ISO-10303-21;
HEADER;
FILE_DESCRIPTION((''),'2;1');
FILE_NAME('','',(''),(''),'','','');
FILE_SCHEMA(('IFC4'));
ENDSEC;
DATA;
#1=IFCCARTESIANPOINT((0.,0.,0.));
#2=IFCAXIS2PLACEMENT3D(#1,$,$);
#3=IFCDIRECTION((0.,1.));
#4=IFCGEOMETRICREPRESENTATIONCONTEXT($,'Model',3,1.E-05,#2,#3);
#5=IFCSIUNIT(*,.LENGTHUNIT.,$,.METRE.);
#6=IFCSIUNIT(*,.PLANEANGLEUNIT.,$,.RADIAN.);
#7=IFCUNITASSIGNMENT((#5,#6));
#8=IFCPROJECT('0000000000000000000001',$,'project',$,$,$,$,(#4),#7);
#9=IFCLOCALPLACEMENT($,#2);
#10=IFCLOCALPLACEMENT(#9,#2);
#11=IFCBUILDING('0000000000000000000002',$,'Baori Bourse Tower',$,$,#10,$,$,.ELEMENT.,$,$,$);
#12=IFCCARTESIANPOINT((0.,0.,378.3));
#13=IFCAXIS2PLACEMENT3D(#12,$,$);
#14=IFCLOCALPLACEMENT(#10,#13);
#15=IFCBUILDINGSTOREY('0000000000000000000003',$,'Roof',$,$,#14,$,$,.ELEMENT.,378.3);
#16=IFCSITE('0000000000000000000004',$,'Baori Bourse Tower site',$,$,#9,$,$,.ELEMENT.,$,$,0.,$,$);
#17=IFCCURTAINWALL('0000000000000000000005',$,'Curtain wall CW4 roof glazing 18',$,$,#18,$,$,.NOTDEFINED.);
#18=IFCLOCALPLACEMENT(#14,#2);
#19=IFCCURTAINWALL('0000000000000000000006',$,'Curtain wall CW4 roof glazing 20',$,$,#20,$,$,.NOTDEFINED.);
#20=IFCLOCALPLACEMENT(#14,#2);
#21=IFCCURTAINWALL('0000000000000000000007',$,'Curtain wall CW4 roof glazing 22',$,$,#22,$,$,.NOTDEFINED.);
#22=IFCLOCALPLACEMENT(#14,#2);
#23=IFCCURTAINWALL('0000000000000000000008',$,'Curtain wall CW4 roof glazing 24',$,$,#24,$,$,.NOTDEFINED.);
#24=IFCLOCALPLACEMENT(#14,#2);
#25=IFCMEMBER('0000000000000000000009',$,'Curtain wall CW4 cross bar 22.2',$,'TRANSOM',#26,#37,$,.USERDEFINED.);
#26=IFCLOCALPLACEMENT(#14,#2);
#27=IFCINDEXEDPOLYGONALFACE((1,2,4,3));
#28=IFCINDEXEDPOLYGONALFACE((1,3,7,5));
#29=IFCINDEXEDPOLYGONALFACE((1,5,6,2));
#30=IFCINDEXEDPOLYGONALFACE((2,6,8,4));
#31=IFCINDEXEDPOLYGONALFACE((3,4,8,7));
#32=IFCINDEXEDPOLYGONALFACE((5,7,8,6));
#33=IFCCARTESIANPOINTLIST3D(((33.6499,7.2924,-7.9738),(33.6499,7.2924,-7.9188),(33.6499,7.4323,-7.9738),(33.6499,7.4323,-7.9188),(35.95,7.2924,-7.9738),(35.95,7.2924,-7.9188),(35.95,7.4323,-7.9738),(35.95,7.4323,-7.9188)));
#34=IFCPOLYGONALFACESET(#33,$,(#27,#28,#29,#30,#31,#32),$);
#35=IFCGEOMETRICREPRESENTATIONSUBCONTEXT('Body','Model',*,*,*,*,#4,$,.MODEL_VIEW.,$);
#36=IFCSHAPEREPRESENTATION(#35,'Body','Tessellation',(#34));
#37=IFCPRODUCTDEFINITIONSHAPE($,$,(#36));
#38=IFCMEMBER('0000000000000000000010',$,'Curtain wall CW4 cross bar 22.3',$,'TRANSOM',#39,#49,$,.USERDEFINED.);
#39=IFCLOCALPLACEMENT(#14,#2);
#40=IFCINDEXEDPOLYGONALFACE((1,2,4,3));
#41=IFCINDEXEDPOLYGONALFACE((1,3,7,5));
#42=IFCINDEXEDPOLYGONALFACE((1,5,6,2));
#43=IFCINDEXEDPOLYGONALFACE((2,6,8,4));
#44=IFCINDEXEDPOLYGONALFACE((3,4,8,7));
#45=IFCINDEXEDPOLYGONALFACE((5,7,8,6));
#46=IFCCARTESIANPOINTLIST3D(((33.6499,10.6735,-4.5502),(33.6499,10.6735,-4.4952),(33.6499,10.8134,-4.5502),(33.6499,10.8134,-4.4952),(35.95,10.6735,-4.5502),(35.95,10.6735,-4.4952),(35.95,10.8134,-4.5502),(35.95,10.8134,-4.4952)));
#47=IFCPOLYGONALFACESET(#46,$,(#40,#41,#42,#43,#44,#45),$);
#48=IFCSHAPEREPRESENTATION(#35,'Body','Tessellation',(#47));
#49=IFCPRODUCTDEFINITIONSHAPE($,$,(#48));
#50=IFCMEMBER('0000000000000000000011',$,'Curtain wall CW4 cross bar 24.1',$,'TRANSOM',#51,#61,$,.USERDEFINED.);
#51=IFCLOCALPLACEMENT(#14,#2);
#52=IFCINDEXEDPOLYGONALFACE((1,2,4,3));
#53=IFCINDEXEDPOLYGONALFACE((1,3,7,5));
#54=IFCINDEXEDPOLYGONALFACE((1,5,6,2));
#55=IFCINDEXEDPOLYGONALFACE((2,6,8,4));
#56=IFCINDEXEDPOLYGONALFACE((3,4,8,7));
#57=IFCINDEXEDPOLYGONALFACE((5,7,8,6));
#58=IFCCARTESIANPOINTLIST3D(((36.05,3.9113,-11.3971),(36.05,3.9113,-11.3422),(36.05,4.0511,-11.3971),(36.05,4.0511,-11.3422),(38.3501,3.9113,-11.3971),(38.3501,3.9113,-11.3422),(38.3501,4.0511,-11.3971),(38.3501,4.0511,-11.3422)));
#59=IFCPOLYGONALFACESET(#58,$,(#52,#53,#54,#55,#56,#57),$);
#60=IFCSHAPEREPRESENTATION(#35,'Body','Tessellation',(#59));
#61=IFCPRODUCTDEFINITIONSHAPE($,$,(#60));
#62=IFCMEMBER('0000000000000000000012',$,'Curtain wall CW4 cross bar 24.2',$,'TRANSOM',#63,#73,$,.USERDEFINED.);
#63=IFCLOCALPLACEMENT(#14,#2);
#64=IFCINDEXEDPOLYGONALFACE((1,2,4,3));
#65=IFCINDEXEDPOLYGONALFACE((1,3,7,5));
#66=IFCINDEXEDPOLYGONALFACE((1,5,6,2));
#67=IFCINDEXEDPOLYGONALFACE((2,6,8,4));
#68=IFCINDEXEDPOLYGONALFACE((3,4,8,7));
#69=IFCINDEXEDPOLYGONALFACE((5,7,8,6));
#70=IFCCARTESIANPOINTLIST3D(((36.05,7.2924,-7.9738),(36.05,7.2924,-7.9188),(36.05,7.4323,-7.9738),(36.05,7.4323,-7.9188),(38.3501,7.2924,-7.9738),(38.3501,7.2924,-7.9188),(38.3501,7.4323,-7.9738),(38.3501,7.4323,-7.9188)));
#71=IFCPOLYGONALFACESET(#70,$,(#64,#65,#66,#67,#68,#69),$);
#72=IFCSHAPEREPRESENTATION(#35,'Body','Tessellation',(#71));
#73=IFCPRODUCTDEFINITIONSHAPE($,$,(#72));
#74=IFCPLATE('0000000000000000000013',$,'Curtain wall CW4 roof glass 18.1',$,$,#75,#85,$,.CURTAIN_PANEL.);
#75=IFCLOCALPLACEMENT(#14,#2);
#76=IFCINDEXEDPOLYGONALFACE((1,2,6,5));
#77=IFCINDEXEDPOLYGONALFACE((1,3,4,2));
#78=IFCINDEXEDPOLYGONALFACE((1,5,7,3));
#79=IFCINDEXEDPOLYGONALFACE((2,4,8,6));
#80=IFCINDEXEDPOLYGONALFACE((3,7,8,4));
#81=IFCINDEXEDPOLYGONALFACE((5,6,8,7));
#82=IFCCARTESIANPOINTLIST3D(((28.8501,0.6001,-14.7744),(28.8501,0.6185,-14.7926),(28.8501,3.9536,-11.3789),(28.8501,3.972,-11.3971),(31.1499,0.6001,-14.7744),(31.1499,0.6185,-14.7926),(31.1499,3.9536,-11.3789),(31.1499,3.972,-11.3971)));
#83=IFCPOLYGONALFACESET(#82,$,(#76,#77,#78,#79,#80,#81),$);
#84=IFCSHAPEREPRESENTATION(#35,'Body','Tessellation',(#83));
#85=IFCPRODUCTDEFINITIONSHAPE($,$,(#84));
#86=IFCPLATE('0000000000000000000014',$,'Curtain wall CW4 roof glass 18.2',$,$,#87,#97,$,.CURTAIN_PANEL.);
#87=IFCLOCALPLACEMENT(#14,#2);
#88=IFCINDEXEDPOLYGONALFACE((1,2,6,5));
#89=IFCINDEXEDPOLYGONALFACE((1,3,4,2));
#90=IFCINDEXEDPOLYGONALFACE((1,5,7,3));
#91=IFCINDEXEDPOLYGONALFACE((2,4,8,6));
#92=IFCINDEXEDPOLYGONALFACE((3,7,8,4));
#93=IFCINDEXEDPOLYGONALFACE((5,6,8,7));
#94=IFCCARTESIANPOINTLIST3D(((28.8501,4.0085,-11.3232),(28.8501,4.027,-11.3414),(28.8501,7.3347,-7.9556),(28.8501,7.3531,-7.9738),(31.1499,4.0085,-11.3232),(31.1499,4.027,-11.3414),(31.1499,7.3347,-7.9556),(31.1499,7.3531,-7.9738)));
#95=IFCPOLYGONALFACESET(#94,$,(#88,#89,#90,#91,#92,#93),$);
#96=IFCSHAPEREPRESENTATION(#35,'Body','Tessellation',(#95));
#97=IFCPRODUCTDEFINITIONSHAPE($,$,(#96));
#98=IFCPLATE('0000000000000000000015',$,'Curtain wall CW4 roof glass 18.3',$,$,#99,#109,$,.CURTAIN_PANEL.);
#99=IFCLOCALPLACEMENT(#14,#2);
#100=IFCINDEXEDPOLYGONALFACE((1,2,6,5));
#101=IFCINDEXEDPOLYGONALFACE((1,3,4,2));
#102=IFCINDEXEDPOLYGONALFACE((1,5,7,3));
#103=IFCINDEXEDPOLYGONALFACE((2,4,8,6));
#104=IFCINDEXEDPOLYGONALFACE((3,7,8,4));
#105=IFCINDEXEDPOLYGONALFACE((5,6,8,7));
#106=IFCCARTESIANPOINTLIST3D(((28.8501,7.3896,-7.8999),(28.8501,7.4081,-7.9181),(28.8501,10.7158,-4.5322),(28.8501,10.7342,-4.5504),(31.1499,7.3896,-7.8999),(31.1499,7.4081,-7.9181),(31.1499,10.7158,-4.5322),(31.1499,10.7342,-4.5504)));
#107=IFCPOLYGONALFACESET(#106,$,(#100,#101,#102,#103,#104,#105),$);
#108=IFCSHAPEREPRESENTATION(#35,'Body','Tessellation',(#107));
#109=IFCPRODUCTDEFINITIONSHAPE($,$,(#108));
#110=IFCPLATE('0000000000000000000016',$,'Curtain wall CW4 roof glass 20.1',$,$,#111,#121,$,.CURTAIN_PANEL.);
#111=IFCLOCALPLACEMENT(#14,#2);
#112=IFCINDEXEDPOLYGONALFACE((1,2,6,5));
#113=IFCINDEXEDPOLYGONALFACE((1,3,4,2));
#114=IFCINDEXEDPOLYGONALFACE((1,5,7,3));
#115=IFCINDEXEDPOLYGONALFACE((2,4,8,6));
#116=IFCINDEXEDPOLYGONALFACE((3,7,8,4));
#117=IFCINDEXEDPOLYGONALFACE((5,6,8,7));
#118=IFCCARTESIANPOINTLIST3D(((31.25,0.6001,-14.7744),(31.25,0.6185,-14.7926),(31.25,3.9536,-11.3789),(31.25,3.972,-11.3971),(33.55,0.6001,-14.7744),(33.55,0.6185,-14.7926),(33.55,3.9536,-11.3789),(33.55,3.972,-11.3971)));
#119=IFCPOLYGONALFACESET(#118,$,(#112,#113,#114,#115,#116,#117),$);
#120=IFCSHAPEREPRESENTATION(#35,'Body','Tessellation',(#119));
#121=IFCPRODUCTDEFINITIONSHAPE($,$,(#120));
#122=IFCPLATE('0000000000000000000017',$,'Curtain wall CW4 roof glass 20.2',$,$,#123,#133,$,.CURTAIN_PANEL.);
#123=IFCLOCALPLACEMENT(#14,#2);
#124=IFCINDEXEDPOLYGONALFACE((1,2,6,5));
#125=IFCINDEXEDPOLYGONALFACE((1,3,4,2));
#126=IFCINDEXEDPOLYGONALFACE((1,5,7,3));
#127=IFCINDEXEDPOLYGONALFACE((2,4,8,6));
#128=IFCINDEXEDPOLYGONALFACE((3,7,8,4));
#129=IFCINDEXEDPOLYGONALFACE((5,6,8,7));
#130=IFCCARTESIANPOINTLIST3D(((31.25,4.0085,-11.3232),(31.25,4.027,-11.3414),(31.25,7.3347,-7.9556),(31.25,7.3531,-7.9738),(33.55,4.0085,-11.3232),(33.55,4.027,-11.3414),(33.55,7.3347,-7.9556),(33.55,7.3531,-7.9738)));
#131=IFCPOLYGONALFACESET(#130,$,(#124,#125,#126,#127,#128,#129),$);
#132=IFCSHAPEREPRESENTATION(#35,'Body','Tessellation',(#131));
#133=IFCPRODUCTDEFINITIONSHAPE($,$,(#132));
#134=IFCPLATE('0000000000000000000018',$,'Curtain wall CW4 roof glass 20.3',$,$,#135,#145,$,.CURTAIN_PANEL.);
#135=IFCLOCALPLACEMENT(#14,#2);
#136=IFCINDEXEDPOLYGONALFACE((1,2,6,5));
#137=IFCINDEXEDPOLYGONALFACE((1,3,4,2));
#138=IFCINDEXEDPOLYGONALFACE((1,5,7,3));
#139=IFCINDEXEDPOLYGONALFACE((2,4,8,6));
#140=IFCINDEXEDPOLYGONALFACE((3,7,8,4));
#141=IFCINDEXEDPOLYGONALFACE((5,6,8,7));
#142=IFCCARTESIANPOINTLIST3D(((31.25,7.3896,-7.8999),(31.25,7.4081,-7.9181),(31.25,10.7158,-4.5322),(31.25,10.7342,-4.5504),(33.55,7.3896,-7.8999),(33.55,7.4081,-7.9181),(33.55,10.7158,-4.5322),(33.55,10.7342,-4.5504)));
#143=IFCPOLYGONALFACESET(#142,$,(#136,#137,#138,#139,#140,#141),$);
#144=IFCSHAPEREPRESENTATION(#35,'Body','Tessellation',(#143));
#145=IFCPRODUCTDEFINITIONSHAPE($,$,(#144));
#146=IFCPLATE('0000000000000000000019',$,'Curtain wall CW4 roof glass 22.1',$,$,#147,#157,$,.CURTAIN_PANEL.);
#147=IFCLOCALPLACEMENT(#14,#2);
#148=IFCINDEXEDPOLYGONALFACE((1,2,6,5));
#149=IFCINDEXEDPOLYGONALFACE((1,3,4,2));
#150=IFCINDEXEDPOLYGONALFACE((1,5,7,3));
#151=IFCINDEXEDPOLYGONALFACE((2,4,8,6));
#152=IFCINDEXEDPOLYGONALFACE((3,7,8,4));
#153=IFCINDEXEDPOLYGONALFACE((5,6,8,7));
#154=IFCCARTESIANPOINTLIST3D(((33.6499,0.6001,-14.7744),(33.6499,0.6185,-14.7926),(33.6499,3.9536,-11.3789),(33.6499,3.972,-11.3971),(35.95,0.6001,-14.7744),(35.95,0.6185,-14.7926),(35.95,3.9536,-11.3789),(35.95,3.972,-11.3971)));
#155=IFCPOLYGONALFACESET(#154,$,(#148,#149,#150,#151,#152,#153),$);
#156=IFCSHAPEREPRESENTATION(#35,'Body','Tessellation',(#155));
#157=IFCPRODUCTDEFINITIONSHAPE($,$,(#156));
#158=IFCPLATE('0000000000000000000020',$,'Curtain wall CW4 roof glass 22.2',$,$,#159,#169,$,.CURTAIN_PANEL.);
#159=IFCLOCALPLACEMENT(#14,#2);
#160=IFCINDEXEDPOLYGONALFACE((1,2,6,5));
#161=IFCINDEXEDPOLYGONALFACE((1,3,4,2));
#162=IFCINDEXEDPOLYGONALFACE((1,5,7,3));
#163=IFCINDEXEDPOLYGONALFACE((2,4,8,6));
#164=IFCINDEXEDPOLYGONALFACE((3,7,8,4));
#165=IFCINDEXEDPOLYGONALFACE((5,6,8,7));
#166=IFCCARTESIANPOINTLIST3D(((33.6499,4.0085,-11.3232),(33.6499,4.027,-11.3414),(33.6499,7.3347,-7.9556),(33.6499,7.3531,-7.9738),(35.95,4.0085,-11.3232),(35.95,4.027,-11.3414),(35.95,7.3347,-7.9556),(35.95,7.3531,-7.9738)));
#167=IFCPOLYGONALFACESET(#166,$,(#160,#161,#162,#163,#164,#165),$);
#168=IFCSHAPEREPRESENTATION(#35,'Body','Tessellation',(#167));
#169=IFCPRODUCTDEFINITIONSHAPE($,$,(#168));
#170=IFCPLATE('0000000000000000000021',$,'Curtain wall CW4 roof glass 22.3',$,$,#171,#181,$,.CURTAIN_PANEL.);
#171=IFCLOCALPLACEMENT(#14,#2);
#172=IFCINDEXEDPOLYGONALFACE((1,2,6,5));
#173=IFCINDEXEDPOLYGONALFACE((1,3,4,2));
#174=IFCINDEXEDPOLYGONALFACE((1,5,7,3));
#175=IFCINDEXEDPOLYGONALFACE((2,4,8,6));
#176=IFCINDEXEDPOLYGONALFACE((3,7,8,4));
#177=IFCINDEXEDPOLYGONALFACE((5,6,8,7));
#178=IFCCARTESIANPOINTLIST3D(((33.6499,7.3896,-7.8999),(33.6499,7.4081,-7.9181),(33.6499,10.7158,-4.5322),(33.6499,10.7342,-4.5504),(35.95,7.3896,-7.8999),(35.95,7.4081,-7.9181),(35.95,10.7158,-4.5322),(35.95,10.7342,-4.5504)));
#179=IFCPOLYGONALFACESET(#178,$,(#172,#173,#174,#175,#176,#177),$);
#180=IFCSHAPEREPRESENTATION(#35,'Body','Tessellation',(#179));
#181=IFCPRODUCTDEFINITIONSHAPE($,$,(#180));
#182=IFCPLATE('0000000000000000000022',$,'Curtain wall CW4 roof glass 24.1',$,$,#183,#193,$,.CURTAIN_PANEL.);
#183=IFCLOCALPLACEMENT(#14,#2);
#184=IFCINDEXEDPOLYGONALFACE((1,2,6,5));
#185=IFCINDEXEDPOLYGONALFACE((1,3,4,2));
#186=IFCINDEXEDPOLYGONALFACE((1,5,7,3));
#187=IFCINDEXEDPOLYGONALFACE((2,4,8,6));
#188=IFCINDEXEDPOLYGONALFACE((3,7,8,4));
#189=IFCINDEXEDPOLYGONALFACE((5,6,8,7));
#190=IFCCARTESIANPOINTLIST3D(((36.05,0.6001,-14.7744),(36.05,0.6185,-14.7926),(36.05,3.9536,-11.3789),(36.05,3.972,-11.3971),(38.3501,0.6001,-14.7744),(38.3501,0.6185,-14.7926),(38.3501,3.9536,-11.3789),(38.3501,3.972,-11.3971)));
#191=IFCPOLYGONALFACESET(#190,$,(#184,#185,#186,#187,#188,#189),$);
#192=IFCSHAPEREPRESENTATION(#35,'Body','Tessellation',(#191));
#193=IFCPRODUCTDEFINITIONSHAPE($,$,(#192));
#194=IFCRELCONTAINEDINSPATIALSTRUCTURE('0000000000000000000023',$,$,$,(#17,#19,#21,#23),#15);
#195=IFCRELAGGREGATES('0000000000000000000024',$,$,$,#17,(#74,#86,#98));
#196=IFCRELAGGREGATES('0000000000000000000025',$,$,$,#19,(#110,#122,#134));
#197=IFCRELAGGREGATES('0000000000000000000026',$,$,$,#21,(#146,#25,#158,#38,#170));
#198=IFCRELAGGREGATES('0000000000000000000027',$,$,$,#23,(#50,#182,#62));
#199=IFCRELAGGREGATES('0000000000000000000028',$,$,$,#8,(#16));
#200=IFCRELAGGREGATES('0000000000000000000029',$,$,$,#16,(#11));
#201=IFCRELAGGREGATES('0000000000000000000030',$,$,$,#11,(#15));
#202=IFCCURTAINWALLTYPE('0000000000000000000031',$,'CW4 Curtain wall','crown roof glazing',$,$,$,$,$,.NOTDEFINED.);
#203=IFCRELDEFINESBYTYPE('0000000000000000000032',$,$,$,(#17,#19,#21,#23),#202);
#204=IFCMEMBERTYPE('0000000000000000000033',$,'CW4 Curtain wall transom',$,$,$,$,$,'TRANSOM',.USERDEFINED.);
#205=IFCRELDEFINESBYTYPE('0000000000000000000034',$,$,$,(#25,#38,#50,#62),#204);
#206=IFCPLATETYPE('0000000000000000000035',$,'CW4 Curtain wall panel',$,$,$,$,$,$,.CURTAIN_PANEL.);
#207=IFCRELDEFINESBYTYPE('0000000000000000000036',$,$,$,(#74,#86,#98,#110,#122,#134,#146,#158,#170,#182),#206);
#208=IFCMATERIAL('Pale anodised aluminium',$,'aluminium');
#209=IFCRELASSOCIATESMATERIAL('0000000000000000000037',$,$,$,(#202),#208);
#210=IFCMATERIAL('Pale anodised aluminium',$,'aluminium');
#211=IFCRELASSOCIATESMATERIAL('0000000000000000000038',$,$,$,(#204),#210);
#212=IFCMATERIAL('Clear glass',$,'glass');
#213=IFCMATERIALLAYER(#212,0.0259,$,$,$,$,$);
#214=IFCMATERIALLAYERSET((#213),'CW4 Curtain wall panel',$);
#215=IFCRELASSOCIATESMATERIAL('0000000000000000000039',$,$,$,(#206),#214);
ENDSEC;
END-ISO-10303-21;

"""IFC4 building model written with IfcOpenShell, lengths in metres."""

from ifc_helpers import new_model, si_unit, direction, frame, origin, origin_2d, place, context, subcontext, project, spatial, polyline, rectangle, outline, extrude, material, layer, layer_set, material_profile, profile_set, type_object, element, aggregate, save


model = new_model("IFC4")

# Units and contexts
model_context = context("Model", 3, precision=1e-05, world=origin(), true_north=direction((0.0, 1.0)))
body_context = subcontext(model_context, "Body", "Model", "MODEL_VIEW")
ifc_project = project(units=[si_unit("LENGTHUNIT", "METRE"), si_unit("PLANEANGLEUNIT", "RADIAN")], contexts=[model_context])

# Site, building, storey
site_placement = place(None, origin())
site = spatial("IfcSite", under=ifc_project, at=site_placement, Name="Baori Bourse Tower site", CompositionType="ELEMENT", RefElevation=0.0)
building_placement = place(site_placement, origin())
building = spatial("IfcBuilding", under=site, at=building_placement, Name="Baori Bourse Tower", CompositionType="ELEMENT")
storey_placement = place(building_placement, frame((0.0, 0.0, 378.3)))
storey = spatial("IfcBuildingStorey", under=building, at=storey_placement, Name="Roof", CompositionType="ELEMENT", Elevation=378.3)

# Shared definitions
ifc_material_1 = material(Name="Pale anodised aluminium", Category="aluminium")
curtain_wall_type = type_object("IfcCurtainWallType", Name="CW4 Curtain wall", Description="crown roof glazing", PredefinedType="NOTDEFINED", material=ifc_material_1)

# Curtain walls
curtain_wall_1_placement = place(storey_placement, origin())
curtain_wall_1 = element("IfcCurtainWall", 1, at=curtain_wall_1_placement, inside=storey, type_object=curtain_wall_type, Name="Curtain wall CW4 roof glazing 18", PredefinedType="NOTDEFINED")
curtain_wall_2_placement = place(storey_placement, origin())
curtain_wall_2 = element("IfcCurtainWall", 2, at=curtain_wall_2_placement, inside=storey, type_object=curtain_wall_type, Name="Curtain wall CW4 roof glazing 20", PredefinedType="NOTDEFINED")
curtain_wall_3_placement = place(storey_placement, origin())
curtain_wall_3 = element("IfcCurtainWall", 3, at=curtain_wall_3_placement, inside=storey, type_object=curtain_wall_type, Name="Curtain wall CW4 roof glazing 22", PredefinedType="NOTDEFINED")

# Curtain wall
curtain_wall_4_placement = place(storey_placement, origin())
curtain_wall_4 = element("IfcCurtainWall", 4, at=curtain_wall_4_placement, inside=storey, type_object=curtain_wall_type, Name="Curtain wall CW4 roof glazing 24", PredefinedType="NOTDEFINED")

# Members
ifc_material_2 = material(Name="Pale anodised aluminium", Category="aluminium")
ifc_material_profile_1 = material_profile(ifc_material_2, rectangle(XDim=0.1399, YDim=0.0549, at=origin_2d()), Name="Transom 55x140")
ifc_profile_set_1 = profile_set([ifc_material_profile_1], Name="Pale anodised aluminium")
member_type_1 = type_object("IfcMemberType", Name="CW4 Curtain wall transom", ElementType="TRANSOM", PredefinedType="USERDEFINED", material=ifc_profile_set_1)
member_1_placement = place(storey_placement, frame((33.6499, 7.3623, -7.9463), z_axis=(1.0, 0.0, 0.0), x_axis=(0.0, 1.0, 0.0)))
member_1 = element("IfcMember", 5, at=member_1_placement, type_object=member_type_1, Name="Curtain wall CW4 cross bar 22.2", ObjectType="TRANSOM", PredefinedType="USERDEFINED", context=body_context, shape_type="SweptSolid", body=[
    extrude(rectangle(XDim=0.1399, YDim=0.0549, at=origin_2d()), origin(), (0.0, 0.0, 1.0), 2.3),
])
member_2_placement = place(storey_placement, frame((33.6499, 10.7434, -4.5227), z_axis=(1.0, 0.0, 0.0), x_axis=(0.0, 1.0, 0.0)))
member_2 = element("IfcMember", 6, at=member_2_placement, type_object=member_type_1, Name="Curtain wall CW4 cross bar 22.3", ObjectType="TRANSOM", PredefinedType="USERDEFINED", context=body_context, shape_type="SweptSolid", body=[
    extrude(rectangle(XDim=0.1399, YDim=0.0549, at=origin_2d()), origin(), (0.0, 0.0, 1.0), 2.3),
])
member_3_placement = place(storey_placement, frame((36.05, 3.9812, -11.3696), z_axis=(1.0, 0.0, 0.0), x_axis=(0.0, 1.0, 0.0)))
member_3 = element("IfcMember", 7, at=member_3_placement, type_object=member_type_1, Name="Curtain wall CW4 cross bar 24.1", ObjectType="TRANSOM", PredefinedType="USERDEFINED", context=body_context, shape_type="SweptSolid", body=[
    extrude(rectangle(XDim=0.1399, YDim=0.0549, at=origin_2d()), origin(), (0.0, 0.0, 1.0), 2.3),
])
member_4_placement = place(storey_placement, frame((36.05, 7.3623, -7.9463), z_axis=(1.0, 0.0, 0.0), x_axis=(0.0, 1.0, 0.0)))
member_4 = element("IfcMember", 8, at=member_4_placement, type_object=member_type_1, Name="Curtain wall CW4 cross bar 24.2", ObjectType="TRANSOM", PredefinedType="USERDEFINED", context=body_context, shape_type="SweptSolid", body=[
    extrude(rectangle(XDim=0.1399, YDim=0.0549, at=origin_2d()), origin(), (0.0, 0.0, 1.0), 2.3),
])

# Plates
ifc_material_3 = material(Name="Clear glass", Category="glass")
ifc_layer = layer(ifc_material_3, 0.0259)
ifc_layer_set = layer_set([ifc_layer], Name="CW4 Curtain wall panel")
plate_type = type_object("IfcPlateType", Name="CW4 Curtain wall panel", PredefinedType="CURTAIN_PANEL", material=ifc_layer_set)
plate_1_placement = place(storey_placement, frame((28.8501, 0.6001, -14.7744), z_axis=(0.0, -0.711493, 0.702694), x_axis=(1.0, 0.0, 0.0)))
plate_1 = element("IfcPlate", 9, at=plate_1_placement, type_object=plate_type, Name="Curtain wall CW4 roof glass 18.1", PredefinedType="CURTAIN_PANEL", context=body_context, shape_type="SweptSolid", body=[
    extrude(outline(polyline([(0.0, 0.0), (2.2998, 0.0), (2.2998, 4.7724), (0.0, 4.7724), (0.0, 0.0)])), origin(), (0.0, 0.0, -1.0), 0.0259),
])
plate_2_placement = place(storey_placement, frame((28.8501, 4.0085, -11.3232), z_axis=(0.0, -0.711477, 0.702709), x_axis=(1.0, 0.0, 0.0)))
plate_2 = element("IfcPlate", 10, at=plate_2_placement, type_object=plate_type, Name="Curtain wall CW4 roof glass 18.2", PredefinedType="CURTAIN_PANEL", context=body_context, shape_type="SweptSolid", body=[
    extrude(outline(polyline([(0.0, 0.0), (2.2998, 0.0), (2.2998, 4.7334), (0.0, 4.7334), (0.0, 0.0)])), origin(), (0.0, 0.0, -1.0), 0.0259),
])
plate_3_placement = place(storey_placement, frame((28.8501, 7.3896, -7.8999), z_axis=(0.0, -0.711477, 0.702709), x_axis=(1.0, 0.0, 0.0)))
plate_3 = element("IfcPlate", 11, at=plate_3_placement, type_object=plate_type, Name="Curtain wall CW4 roof glass 18.3", PredefinedType="CURTAIN_PANEL", context=body_context, shape_type="SweptSolid", body=[
    extrude(outline(polyline([(0.0, 0.0), (2.2998, 0.0), (2.2998, 4.7334), (0.0, 4.7334), (0.0, 0.0)])), origin(), (0.0, 0.0, -1.0), 0.0259),
])
aggregate(curtain_wall_1, [plate_1, plate_2, plate_3])
plate_4_placement = place(storey_placement, frame((31.25, 0.6001, -14.7744), z_axis=(0.0, -0.711493, 0.702694), x_axis=(1.0, 0.0, 0.0)))
plate_4 = element("IfcPlate", 12, at=plate_4_placement, type_object=plate_type, Name="Curtain wall CW4 roof glass 20.1", PredefinedType="CURTAIN_PANEL", context=body_context, shape_type="SweptSolid", body=[
    extrude(outline(polyline([(0.0, 0.0), (2.3, 0.0), (2.3, 4.7724), (0.0, 4.7724), (0.0, 0.0)])), origin(), (0.0, 0.0, -1.0), 0.0259),
])
plate_5_placement = place(storey_placement, frame((31.25, 4.0085, -11.3232), z_axis=(0.0, -0.711477, 0.702709), x_axis=(1.0, 0.0, 0.0)))
plate_5 = element("IfcPlate", 13, at=plate_5_placement, type_object=plate_type, Name="Curtain wall CW4 roof glass 20.2", PredefinedType="CURTAIN_PANEL", context=body_context, shape_type="SweptSolid", body=[
    extrude(outline(polyline([(0.0, 0.0), (2.3, 0.0), (2.3, 4.7334), (0.0, 4.7334), (0.0, 0.0)])), origin(), (0.0, 0.0, -1.0), 0.0259),
])
plate_6_placement = place(storey_placement, frame((31.25, 7.3896, -7.8999), z_axis=(0.0, -0.711477, 0.702709), x_axis=(1.0, 0.0, 0.0)))
plate_6 = element("IfcPlate", 14, at=plate_6_placement, type_object=plate_type, Name="Curtain wall CW4 roof glass 20.3", PredefinedType="CURTAIN_PANEL", context=body_context, shape_type="SweptSolid", body=[
    extrude(outline(polyline([(0.0, 0.0), (2.3, 0.0), (2.3, 4.7334), (0.0, 4.7334), (0.0, 0.0)])), origin(), (0.0, 0.0, -1.0), 0.0259),
])
aggregate(curtain_wall_2, [plate_4, plate_5, plate_6])
plate_7_placement = place(storey_placement, frame((33.6499, 0.6001, -14.7744), z_axis=(0.0, -0.711493, 0.702694), x_axis=(1.0, 0.0, 0.0)))
plate_7 = element("IfcPlate", 15, at=plate_7_placement, type_object=plate_type, Name="Curtain wall CW4 roof glass 22.1", PredefinedType="CURTAIN_PANEL", context=body_context, shape_type="SweptSolid", body=[
    extrude(outline(polyline([(0.0, 0.0), (2.3, 0.0), (2.3, 4.7724), (0.0, 4.7724), (0.0, 0.0)])), origin(), (0.0, 0.0, -1.0), 0.0259),
])
plate_8_placement = place(storey_placement, frame((33.6499, 4.0085, -11.3232), z_axis=(0.0, -0.711477, 0.702709), x_axis=(1.0, 0.0, 0.0)))
plate_8 = element("IfcPlate", 16, at=plate_8_placement, type_object=plate_type, Name="Curtain wall CW4 roof glass 22.2", PredefinedType="CURTAIN_PANEL", context=body_context, shape_type="SweptSolid", body=[
    extrude(outline(polyline([(0.0, 0.0), (2.3, 0.0), (2.3, 4.7334), (0.0, 4.7334), (0.0, 0.0)])), origin(), (0.0, 0.0, -1.0), 0.0259),
])
plate_9_placement = place(storey_placement, frame((33.6499, 7.3896, -7.8999), z_axis=(0.0, -0.711477, 0.702709), x_axis=(1.0, 0.0, 0.0)))
plate_9 = element("IfcPlate", 17, at=plate_9_placement, type_object=plate_type, Name="Curtain wall CW4 roof glass 22.3", PredefinedType="CURTAIN_PANEL", context=body_context, shape_type="SweptSolid", body=[
    extrude(outline(polyline([(0.0, 0.0), (2.3, 0.0), (2.3, 4.7334), (0.0, 4.7334), (0.0, 0.0)])), origin(), (0.0, 0.0, -1.0), 0.0259),
])
aggregate(curtain_wall_3, [plate_7, member_1, plate_8, member_2, plate_9])
plate_10_placement = place(storey_placement, frame((36.05, 0.6001, -14.7744), z_axis=(0.0, -0.711493, 0.702694), x_axis=(1.0, 0.0, 0.0)))
plate_10 = element("IfcPlate", 18, at=plate_10_placement, type_object=plate_type, Name="Curtain wall CW4 roof glass 24.1", PredefinedType="CURTAIN_PANEL", context=body_context, shape_type="SweptSolid", body=[
    extrude(outline(polyline([(0.0, 0.0), (2.3, 0.0), (2.3, 4.7724), (0.0, 4.7724), (0.0, 0.0)])), origin(), (0.0, 0.0, -1.0), 0.0259),
])
aggregate(curtain_wall_4, [member_3, plate_10, member_4])

save(model, "model.ifc")
